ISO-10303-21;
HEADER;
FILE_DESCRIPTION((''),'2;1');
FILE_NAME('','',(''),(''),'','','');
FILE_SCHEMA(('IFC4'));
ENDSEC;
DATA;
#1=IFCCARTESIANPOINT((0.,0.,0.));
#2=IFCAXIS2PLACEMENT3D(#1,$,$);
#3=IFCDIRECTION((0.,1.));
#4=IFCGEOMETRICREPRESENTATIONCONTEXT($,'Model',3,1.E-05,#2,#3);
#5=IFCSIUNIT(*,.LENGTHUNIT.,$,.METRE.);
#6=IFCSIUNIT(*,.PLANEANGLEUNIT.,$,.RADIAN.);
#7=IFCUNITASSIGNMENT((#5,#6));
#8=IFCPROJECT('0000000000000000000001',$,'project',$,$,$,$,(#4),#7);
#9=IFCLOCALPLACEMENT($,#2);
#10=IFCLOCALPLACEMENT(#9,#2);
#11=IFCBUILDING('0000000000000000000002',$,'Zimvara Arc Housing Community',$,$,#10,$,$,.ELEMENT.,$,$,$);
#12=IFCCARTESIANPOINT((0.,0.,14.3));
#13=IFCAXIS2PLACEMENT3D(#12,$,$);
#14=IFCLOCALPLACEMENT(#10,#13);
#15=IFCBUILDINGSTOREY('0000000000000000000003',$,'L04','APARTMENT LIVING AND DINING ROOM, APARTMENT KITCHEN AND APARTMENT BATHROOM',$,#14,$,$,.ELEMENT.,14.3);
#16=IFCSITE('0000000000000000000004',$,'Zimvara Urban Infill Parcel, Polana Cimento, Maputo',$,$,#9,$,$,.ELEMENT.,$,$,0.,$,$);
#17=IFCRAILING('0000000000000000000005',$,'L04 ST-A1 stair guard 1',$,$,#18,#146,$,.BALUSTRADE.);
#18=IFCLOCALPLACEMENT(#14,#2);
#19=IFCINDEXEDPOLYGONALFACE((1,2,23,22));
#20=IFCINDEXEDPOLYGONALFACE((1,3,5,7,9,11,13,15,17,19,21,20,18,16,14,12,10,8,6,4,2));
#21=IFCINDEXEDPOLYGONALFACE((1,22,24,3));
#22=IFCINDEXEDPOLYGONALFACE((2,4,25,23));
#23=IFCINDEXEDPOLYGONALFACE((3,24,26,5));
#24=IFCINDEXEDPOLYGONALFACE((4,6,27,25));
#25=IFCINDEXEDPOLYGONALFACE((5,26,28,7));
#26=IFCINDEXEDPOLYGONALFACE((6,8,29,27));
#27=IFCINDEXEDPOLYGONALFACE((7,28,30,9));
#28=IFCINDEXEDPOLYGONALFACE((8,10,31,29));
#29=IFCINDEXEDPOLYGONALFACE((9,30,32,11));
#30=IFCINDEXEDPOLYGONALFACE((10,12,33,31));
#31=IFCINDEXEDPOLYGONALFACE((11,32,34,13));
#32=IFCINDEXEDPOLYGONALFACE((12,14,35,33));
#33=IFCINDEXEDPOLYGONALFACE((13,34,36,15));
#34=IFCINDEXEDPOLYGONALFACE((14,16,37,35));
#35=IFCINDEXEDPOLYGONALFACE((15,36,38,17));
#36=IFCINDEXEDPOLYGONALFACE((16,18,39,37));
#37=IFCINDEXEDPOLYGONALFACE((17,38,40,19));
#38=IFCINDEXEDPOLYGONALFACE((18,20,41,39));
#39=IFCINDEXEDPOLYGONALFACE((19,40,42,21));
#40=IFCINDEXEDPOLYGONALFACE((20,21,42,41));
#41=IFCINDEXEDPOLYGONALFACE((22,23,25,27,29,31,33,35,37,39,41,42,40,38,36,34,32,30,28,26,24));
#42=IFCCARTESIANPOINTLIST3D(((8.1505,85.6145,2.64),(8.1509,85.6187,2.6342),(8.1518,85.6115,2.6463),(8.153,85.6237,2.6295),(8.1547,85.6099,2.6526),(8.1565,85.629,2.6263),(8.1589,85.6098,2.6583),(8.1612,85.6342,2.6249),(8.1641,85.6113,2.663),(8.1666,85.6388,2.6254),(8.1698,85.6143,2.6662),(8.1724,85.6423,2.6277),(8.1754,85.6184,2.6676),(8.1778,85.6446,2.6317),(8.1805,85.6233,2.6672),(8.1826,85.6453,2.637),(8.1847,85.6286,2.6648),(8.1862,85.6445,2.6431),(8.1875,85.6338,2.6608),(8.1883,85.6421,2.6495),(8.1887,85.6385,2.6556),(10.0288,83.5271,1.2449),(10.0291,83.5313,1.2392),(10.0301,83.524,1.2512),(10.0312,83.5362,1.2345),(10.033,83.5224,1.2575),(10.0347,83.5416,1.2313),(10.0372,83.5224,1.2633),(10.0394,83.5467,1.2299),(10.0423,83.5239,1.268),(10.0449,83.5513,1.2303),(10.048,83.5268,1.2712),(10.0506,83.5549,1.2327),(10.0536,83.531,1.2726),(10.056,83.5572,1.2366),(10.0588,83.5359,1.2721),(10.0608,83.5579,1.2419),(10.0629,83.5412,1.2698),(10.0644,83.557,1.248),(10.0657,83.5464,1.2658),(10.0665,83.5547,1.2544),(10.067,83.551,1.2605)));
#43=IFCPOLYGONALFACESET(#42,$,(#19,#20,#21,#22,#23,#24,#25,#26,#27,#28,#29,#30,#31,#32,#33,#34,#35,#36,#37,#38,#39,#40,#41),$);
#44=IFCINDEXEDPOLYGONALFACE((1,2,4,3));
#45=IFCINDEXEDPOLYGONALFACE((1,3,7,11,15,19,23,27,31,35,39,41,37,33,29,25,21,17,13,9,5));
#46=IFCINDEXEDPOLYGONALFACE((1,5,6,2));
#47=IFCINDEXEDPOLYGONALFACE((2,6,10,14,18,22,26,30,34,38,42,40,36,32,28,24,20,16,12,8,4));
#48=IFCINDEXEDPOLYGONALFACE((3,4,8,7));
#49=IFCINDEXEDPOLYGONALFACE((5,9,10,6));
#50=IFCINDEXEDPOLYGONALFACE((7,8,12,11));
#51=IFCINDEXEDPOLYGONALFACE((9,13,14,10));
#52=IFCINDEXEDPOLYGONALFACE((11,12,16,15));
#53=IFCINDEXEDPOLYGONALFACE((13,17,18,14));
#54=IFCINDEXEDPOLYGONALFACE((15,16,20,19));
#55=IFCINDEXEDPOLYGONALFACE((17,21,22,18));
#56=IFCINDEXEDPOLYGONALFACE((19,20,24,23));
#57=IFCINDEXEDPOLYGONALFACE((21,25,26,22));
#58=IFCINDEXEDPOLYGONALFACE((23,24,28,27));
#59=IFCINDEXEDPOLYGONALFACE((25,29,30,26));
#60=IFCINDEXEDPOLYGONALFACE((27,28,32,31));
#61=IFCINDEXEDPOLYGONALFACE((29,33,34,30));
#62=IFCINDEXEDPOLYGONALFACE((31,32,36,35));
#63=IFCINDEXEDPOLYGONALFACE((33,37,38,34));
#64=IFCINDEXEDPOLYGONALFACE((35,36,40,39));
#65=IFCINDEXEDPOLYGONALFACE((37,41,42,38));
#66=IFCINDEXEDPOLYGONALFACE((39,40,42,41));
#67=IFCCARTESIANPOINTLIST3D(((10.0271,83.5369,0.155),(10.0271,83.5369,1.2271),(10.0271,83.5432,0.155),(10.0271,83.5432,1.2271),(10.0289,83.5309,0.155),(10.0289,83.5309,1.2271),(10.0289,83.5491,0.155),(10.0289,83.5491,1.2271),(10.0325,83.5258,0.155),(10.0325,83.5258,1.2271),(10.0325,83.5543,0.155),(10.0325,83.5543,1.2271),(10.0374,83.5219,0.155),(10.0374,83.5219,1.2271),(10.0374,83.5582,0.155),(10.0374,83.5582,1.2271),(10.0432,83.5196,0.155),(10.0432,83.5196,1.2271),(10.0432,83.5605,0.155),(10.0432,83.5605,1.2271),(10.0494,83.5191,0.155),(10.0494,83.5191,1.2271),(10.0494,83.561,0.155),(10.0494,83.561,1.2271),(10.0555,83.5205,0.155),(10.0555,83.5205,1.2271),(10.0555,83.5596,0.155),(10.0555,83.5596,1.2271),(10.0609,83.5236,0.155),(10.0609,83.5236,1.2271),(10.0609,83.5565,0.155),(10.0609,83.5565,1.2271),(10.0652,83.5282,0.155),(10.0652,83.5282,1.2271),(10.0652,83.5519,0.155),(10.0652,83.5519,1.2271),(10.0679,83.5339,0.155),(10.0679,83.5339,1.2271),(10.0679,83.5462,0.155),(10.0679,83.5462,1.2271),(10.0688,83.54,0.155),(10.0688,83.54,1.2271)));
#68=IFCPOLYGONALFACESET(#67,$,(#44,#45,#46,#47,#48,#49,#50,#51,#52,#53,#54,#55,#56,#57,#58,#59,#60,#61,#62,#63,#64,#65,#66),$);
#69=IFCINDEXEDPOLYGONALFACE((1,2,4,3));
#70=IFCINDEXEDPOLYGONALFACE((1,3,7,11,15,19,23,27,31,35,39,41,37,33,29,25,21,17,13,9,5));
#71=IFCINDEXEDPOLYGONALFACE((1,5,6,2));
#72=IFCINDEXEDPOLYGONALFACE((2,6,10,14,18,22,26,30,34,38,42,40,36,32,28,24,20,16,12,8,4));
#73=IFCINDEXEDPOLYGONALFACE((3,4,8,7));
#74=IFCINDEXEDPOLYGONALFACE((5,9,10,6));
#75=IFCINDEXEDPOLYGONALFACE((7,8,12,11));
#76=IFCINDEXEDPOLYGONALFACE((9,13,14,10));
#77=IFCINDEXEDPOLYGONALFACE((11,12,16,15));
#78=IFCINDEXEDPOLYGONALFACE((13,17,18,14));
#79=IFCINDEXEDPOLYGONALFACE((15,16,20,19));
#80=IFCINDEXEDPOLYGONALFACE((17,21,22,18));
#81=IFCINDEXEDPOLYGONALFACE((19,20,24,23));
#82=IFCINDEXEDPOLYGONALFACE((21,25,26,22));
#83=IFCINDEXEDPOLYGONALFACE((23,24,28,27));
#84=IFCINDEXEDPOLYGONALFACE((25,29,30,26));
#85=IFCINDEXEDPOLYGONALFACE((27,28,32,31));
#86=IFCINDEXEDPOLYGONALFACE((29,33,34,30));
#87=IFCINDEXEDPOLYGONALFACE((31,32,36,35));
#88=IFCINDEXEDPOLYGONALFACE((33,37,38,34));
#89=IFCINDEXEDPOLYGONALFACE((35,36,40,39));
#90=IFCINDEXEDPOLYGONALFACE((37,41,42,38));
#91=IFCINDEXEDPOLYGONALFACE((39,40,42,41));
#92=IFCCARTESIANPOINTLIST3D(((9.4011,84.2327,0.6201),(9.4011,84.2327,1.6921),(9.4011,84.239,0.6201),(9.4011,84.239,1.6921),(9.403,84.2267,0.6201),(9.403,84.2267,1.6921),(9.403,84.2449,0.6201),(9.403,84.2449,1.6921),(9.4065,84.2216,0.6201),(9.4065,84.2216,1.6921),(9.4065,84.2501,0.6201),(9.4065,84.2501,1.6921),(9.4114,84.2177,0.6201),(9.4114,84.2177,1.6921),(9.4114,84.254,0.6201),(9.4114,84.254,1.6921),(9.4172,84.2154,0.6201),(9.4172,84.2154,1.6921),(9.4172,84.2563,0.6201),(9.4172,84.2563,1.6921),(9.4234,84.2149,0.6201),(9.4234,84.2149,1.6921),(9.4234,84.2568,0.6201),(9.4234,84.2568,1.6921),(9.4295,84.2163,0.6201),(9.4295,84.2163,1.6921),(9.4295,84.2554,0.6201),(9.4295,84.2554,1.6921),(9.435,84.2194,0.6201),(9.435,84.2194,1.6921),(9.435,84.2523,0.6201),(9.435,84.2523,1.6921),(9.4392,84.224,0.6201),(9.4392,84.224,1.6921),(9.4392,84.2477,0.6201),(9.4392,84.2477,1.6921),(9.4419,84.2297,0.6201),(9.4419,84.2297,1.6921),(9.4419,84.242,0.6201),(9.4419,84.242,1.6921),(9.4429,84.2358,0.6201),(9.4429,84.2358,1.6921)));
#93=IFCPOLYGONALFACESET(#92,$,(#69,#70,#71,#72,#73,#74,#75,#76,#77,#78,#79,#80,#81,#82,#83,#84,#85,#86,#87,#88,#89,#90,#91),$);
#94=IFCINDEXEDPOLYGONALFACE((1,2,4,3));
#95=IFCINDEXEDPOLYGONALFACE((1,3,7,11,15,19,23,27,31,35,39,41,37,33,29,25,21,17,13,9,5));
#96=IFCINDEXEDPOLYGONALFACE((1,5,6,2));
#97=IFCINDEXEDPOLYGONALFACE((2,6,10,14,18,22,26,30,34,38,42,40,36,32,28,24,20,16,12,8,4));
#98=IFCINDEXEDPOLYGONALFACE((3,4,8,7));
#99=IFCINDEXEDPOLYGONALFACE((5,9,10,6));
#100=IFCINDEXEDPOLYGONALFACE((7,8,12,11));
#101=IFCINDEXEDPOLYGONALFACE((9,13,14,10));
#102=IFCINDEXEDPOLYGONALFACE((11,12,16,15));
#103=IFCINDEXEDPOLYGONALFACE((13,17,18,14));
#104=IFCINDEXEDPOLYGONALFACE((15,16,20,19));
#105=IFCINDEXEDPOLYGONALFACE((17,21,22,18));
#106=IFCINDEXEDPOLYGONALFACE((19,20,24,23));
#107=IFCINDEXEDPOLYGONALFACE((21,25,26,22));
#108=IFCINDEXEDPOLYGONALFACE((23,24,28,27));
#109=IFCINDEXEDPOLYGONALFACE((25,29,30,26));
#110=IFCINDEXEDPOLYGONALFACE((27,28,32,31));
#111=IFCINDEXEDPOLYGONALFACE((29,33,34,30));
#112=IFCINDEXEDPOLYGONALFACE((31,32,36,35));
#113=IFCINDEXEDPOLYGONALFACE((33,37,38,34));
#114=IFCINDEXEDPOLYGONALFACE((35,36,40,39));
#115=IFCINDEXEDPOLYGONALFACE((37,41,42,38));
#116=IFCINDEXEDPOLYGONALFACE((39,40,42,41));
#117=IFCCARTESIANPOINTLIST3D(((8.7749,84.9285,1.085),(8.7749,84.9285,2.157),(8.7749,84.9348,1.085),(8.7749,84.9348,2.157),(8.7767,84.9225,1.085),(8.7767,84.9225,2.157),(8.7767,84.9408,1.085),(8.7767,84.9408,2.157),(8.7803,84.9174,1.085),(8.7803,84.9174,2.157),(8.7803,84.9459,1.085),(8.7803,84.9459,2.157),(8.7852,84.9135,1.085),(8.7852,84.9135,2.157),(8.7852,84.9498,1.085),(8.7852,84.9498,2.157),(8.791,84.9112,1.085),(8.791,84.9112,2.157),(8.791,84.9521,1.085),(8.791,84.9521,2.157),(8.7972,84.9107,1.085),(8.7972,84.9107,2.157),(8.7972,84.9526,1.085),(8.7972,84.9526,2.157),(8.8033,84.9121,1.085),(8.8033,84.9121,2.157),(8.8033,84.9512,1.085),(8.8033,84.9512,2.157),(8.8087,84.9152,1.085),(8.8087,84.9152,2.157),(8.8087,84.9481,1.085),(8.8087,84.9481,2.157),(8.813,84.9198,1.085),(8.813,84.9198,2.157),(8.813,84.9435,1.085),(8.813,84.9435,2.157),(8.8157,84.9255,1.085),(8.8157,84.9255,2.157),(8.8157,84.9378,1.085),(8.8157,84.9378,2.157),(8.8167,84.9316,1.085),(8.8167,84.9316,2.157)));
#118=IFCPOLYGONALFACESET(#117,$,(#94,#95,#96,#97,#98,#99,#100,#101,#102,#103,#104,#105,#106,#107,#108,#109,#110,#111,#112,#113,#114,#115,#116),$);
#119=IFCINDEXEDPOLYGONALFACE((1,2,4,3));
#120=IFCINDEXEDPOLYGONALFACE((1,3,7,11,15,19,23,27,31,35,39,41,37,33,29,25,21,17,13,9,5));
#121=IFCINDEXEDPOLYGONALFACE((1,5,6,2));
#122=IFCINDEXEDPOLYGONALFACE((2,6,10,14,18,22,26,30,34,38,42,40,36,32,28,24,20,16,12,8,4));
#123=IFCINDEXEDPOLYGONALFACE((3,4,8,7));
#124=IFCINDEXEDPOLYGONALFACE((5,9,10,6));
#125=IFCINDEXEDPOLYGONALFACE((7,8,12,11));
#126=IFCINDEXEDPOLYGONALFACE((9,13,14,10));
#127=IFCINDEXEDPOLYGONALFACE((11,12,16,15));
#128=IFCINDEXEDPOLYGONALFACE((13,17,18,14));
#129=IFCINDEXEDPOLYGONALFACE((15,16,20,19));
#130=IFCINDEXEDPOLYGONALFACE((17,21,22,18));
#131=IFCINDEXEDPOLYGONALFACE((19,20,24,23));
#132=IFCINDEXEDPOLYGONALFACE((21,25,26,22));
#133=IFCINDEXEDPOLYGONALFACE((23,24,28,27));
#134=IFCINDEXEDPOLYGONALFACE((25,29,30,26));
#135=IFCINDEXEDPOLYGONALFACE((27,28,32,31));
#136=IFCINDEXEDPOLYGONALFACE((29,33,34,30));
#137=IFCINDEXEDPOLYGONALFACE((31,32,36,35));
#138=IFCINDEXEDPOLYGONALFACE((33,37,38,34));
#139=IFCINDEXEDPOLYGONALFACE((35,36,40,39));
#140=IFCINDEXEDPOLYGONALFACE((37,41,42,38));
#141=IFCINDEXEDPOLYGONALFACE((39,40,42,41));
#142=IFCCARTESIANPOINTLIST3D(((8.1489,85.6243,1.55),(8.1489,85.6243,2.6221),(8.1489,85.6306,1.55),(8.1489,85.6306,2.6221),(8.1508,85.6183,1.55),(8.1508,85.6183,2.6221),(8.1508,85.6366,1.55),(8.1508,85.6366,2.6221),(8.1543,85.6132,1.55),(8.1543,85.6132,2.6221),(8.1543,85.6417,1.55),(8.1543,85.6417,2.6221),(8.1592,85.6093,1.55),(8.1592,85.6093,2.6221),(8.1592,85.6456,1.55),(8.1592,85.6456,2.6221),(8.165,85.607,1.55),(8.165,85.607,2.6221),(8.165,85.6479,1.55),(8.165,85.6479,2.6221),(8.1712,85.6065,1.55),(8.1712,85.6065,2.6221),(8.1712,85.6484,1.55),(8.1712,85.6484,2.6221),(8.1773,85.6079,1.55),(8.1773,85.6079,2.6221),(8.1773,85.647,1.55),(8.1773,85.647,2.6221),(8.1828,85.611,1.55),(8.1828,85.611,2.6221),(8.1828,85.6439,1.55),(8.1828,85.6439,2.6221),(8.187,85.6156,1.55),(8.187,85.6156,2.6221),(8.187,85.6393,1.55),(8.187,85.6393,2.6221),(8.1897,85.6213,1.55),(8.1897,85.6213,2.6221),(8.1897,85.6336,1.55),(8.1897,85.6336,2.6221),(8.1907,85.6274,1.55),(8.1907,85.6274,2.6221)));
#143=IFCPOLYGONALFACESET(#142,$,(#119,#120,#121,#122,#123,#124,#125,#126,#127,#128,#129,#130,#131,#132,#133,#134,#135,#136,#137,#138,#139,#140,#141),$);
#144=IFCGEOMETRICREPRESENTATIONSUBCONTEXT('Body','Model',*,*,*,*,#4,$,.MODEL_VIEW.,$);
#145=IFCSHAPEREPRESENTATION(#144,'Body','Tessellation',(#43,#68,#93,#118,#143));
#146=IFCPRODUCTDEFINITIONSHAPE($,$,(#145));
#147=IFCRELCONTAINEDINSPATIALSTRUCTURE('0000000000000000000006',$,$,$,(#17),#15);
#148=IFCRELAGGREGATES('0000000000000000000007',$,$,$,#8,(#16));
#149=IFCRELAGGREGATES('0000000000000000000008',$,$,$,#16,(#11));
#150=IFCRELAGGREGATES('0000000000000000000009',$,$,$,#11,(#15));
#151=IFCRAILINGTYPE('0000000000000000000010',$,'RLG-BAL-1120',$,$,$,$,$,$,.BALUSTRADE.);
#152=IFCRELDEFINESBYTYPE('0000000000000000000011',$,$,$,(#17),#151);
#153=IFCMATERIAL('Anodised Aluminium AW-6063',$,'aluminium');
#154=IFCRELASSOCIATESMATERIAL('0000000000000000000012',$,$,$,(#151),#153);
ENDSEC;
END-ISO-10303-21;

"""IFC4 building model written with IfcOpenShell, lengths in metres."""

from ifc_helpers import new_model, si_unit, direction, frame, origin, origin_2d, place, context, subcontext, project, spatial, circle, extrude, material, type_object, element, save


model = new_model("IFC4")

# Units and contexts
model_context = context("Model", 3, precision=1e-05, world=origin(), true_north=direction((0.0, 1.0)))
body_context = subcontext(model_context, "Body", "Model", "MODEL_VIEW")
ifc_project = project(units=[si_unit("LENGTHUNIT", "METRE"), si_unit("PLANEANGLEUNIT", "RADIAN")], contexts=[model_context])

# Site, building, storey
site_placement = place(None, origin())
site = spatial("IfcSite", under=ifc_project, at=site_placement, Name="Zimvara Urban Infill Parcel, Polana Cimento, Maputo", CompositionType="ELEMENT", RefElevation=0.0)
building_placement = place(site_placement, origin())
building = spatial("IfcBuilding", under=site, at=building_placement, Name="Zimvara Arc Housing Community", CompositionType="ELEMENT")
storey_placement = place(building_placement, frame((0.0, 0.0, 14.3)))
storey = spatial("IfcBuildingStorey", under=building, at=storey_placement, Name="L04", Description="APARTMENT LIVING AND DINING ROOM, APARTMENT KITCHEN AND APARTMENT BATHROOM", CompositionType="ELEMENT", Elevation=14.3)

# Railing
ifc_material_1 = material(Name="Anodised Aluminium AW-6063", Category="aluminium")
railing_type_1 = type_object("IfcRailingType", Name="RLG-BAL-1120", PredefinedType="BALUSTRADE", material=ifc_material_1)
railing_1_placement = place(storey_placement, frame((10.0479, 83.54, 0.155)))
element("IfcRailing", 1, at=railing_1_placement, inside=storey, type_object=railing_type_1, Name="L04 ST-A1 stair guard 1", PredefinedType="BALUSTRADE", context=body_context, shape_type="SweptSolid", body=[
    extrude(circle(Radius=0.0239, at=origin_2d()), frame((0.0, 0.0, 1.0962), z_axis=(-0.599018, 0.665749, 0.444923), x_axis=(-0.743381, -0.668869, 0.0)), (0.0, 0.0, 1.0), 3.1355),
    extrude(circle(Radius=0.021, at=origin_2d()), origin(), (0.0, 0.0, 1.0), 1.072),
    extrude(circle(Radius=0.021, at=origin_2d()), frame((-0.626, 0.6958, 0.4651)), (0.0, 0.0, 1.0), 1.072),
    extrude(circle(Radius=0.021, at=origin_2d()), frame((-1.2522, 1.3916, 0.9299)), (0.0, 0.0, 1.0), 1.072),
    extrude(circle(Radius=0.021, at=origin_2d()), frame((-1.8782, 2.0874, 1.395)), (0.0, 0.0, 1.0), 1.072),
])

save(model, "model.ifc")
